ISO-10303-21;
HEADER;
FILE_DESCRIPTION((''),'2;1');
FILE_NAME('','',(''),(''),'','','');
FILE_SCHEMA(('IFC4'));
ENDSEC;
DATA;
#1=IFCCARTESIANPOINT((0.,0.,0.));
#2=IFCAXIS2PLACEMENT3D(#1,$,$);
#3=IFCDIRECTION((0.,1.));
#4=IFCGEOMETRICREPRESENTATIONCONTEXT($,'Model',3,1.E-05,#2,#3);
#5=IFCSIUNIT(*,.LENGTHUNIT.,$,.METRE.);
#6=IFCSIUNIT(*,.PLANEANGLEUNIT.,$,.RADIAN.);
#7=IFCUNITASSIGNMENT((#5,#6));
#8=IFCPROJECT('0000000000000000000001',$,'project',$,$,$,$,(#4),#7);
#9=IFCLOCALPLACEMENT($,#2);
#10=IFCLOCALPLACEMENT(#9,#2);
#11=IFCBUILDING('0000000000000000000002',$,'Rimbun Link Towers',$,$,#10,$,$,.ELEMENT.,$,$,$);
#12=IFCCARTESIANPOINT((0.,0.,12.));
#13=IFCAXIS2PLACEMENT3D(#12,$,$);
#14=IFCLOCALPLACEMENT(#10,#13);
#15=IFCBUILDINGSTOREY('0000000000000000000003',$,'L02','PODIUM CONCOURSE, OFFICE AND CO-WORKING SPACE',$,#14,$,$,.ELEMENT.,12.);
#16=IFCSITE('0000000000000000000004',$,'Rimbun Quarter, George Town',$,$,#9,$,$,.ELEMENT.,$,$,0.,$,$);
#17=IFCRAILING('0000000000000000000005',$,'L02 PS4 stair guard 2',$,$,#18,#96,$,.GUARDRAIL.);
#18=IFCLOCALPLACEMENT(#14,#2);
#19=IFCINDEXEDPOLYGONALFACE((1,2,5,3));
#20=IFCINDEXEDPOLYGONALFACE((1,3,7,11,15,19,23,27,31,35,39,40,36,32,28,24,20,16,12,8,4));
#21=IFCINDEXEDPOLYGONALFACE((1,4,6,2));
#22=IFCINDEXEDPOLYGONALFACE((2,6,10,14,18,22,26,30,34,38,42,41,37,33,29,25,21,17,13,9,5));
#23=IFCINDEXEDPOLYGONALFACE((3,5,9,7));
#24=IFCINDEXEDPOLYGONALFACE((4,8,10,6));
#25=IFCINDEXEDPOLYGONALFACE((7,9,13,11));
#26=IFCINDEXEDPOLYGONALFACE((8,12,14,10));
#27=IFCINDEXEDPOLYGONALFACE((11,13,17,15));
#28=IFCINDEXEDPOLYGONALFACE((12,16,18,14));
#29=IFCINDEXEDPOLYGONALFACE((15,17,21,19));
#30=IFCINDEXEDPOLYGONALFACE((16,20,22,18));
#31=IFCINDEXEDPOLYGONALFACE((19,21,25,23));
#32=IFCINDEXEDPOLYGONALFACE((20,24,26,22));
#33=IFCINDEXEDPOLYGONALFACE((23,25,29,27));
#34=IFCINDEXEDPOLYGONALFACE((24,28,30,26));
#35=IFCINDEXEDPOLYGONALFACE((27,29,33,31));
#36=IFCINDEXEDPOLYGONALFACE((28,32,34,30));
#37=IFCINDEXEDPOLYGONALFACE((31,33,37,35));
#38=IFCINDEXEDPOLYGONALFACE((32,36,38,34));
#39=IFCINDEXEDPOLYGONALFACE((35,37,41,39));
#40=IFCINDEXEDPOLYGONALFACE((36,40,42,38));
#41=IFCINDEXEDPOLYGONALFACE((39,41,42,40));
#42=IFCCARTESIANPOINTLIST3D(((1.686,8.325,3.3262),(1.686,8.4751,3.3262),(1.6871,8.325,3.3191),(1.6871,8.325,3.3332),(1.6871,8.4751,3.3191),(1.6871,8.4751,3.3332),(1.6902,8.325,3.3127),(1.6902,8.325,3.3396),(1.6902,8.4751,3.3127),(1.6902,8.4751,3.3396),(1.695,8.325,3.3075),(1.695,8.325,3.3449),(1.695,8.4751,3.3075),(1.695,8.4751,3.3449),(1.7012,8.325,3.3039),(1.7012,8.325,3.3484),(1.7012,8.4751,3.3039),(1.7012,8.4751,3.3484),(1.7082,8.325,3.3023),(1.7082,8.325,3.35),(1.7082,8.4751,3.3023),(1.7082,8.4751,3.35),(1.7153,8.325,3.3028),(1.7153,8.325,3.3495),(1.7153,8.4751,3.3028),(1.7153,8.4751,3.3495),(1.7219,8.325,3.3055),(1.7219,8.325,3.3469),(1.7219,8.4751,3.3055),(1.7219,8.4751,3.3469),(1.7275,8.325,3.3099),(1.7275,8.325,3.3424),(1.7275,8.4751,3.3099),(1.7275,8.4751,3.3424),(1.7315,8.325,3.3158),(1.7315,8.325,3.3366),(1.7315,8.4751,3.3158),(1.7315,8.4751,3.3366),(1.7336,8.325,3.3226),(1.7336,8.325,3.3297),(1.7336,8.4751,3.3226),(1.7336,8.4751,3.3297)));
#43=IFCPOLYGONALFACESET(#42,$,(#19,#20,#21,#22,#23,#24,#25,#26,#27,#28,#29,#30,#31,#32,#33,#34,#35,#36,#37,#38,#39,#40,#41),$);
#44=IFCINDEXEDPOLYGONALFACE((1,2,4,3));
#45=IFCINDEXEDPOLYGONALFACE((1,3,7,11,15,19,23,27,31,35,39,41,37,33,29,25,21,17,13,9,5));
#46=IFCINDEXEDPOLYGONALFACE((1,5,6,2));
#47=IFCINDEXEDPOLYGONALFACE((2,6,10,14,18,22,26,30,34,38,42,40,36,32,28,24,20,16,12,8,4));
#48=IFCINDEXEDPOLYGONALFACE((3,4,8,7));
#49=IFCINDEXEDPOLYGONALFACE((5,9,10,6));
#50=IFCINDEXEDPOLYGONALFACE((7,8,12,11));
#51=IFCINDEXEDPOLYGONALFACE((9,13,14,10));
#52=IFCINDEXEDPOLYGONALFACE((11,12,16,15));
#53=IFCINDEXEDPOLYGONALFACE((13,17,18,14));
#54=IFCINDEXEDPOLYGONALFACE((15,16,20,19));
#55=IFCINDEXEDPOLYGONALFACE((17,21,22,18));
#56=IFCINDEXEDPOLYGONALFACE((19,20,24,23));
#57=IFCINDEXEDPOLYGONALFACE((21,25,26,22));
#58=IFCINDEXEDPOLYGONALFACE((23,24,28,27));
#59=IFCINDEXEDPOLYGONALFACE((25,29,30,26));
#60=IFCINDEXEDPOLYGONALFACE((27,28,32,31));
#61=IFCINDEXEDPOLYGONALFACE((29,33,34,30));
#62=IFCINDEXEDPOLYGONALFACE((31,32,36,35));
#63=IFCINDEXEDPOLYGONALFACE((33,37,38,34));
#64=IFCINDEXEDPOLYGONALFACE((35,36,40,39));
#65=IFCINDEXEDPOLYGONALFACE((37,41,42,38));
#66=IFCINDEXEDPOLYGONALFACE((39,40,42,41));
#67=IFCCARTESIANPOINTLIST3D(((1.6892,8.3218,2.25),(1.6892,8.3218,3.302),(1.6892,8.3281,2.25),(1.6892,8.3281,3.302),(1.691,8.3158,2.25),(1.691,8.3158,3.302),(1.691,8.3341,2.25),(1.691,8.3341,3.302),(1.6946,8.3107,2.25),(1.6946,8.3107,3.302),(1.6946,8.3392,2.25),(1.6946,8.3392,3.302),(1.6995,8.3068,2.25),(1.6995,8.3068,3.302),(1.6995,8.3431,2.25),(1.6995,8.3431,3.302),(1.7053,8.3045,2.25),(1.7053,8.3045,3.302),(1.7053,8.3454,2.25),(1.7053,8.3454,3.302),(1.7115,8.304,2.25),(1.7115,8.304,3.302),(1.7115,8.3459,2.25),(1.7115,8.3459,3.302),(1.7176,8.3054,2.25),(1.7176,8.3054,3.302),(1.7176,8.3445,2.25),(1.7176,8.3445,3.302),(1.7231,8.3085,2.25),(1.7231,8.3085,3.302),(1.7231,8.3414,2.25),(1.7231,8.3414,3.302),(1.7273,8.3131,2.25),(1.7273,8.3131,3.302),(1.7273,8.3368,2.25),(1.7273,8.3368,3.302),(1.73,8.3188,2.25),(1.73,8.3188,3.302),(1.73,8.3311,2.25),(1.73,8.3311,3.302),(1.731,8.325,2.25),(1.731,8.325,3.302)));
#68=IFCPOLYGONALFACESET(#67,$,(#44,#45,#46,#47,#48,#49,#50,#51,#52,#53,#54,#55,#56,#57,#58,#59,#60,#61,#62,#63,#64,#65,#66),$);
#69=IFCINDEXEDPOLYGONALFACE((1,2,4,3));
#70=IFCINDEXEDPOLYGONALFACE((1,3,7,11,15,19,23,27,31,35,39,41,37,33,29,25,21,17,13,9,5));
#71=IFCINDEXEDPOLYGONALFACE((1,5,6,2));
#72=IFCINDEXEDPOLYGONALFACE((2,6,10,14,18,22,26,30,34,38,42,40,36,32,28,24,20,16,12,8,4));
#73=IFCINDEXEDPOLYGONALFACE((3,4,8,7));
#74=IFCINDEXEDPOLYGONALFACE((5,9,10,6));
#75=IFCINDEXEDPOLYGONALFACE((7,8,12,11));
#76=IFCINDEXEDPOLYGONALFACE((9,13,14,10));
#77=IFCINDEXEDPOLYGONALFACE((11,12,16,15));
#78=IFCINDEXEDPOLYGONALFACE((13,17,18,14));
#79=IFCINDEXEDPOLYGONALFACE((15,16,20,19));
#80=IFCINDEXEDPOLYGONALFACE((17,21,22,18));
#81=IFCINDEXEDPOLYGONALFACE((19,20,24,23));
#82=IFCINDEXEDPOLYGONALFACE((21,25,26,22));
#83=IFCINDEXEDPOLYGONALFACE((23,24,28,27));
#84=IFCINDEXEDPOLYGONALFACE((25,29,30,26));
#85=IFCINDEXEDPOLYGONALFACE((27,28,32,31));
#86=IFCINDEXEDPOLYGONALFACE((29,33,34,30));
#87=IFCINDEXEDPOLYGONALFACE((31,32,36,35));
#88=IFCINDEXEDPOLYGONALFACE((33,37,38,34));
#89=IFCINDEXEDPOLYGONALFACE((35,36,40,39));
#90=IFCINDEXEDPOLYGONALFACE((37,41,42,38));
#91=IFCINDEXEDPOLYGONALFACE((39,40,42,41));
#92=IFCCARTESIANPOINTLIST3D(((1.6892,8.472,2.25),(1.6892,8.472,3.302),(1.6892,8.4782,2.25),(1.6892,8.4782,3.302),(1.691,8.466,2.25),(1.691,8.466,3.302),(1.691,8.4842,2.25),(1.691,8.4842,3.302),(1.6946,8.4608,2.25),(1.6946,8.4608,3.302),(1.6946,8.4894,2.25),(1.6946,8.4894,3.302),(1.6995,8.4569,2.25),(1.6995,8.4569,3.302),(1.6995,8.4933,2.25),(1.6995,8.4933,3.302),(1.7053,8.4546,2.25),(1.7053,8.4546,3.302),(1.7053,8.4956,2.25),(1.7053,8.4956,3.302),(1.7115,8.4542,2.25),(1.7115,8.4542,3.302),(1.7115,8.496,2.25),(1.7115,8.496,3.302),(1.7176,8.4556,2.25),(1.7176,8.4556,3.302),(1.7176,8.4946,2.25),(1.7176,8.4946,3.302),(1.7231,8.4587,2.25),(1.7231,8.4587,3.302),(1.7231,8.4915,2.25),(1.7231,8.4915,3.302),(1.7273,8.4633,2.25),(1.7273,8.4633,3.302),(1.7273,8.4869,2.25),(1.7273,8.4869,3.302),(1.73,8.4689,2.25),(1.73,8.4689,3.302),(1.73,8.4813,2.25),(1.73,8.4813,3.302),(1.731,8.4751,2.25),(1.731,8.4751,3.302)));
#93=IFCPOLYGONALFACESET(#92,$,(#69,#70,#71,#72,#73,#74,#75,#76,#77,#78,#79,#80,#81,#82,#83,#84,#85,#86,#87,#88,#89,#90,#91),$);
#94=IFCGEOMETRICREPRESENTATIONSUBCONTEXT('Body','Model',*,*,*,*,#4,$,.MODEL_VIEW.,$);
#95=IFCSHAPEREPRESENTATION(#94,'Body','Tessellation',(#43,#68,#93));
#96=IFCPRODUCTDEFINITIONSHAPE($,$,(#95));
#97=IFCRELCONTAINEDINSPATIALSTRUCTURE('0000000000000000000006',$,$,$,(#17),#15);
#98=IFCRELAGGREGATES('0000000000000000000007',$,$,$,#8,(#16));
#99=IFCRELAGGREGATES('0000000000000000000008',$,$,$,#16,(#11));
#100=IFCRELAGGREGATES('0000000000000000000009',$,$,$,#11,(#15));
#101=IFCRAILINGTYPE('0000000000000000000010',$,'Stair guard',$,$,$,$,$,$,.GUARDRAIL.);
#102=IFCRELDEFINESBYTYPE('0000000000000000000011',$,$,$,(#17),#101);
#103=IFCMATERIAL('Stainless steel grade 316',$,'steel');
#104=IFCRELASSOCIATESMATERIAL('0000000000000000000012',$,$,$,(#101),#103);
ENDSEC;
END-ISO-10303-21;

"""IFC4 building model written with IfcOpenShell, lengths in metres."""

from ifc_helpers import new_model, si_unit, direction, frame, origin, origin_2d, place, context, subcontext, project, spatial, circle, extrude, material, type_object, element, save


model = new_model("IFC4")

# Units and contexts
model_context = context("Model", 3, precision=1e-05, world=origin(), true_north=direction((0.0, 1.0)))
body_context = subcontext(model_context, "Body", "Model", "MODEL_VIEW")
ifc_project = project(units=[si_unit("LENGTHUNIT", "METRE"), si_unit("PLANEANGLEUNIT", "RADIAN")], contexts=[model_context])

# Site, building, storey
site_placement = place(None, origin())
site = spatial("IfcSite", under=ifc_project, at=site_placement, Name="Rimbun Quarter, George Town", CompositionType="ELEMENT", RefElevation=0.0)
building_placement = place(site_placement, origin())
building = spatial("IfcBuilding", under=site, at=building_placement, Name="Rimbun Link Towers", CompositionType="ELEMENT")
storey_placement = place(building_placement, frame((0.0, 0.0, 12.0)))
storey = spatial("IfcBuildingStorey", under=building, at=storey_placement, Name="L02", Description="PODIUM CONCOURSE, OFFICE AND CO-WORKING SPACE", CompositionType="ELEMENT", Elevation=12.0)

# Railing
ifc_material_1 = material(Name="Stainless steel grade 316", Category="steel")
railing_type_1 = type_object("IfcRailingType", Name="Stair guard", PredefinedType="GUARDRAIL", material=ifc_material_1)
railing_1_placement = place(storey_placement, frame((1.71, 8.325, 2.25)))
element("IfcRailing", 1, at=railing_1_placement, inside=storey, type_object=railing_type_1, Name="L02 PS4 stair guard 2", PredefinedType="GUARDRAIL", context=body_context, shape_type="SweptSolid", body=[
    extrude(circle(Radius=0.0239, at=origin_2d()), frame((0.0, 0.0, 1.0762), z_axis=(0.0, 1.0, 0.0), x_axis=(-1.0, 0.0, 0.0)), (0.0, 0.0, 1.0), 0.1501),
    extrude(circle(Radius=0.021, at=origin_2d()), origin(), (0.0, 0.0, 1.0), 1.052),
    extrude(circle(Radius=0.021, at=origin_2d()), frame((0.0, 0.1501, 0.0)), (0.0, 0.0, 1.0), 1.052),
])

save(model, "model.ifc")
